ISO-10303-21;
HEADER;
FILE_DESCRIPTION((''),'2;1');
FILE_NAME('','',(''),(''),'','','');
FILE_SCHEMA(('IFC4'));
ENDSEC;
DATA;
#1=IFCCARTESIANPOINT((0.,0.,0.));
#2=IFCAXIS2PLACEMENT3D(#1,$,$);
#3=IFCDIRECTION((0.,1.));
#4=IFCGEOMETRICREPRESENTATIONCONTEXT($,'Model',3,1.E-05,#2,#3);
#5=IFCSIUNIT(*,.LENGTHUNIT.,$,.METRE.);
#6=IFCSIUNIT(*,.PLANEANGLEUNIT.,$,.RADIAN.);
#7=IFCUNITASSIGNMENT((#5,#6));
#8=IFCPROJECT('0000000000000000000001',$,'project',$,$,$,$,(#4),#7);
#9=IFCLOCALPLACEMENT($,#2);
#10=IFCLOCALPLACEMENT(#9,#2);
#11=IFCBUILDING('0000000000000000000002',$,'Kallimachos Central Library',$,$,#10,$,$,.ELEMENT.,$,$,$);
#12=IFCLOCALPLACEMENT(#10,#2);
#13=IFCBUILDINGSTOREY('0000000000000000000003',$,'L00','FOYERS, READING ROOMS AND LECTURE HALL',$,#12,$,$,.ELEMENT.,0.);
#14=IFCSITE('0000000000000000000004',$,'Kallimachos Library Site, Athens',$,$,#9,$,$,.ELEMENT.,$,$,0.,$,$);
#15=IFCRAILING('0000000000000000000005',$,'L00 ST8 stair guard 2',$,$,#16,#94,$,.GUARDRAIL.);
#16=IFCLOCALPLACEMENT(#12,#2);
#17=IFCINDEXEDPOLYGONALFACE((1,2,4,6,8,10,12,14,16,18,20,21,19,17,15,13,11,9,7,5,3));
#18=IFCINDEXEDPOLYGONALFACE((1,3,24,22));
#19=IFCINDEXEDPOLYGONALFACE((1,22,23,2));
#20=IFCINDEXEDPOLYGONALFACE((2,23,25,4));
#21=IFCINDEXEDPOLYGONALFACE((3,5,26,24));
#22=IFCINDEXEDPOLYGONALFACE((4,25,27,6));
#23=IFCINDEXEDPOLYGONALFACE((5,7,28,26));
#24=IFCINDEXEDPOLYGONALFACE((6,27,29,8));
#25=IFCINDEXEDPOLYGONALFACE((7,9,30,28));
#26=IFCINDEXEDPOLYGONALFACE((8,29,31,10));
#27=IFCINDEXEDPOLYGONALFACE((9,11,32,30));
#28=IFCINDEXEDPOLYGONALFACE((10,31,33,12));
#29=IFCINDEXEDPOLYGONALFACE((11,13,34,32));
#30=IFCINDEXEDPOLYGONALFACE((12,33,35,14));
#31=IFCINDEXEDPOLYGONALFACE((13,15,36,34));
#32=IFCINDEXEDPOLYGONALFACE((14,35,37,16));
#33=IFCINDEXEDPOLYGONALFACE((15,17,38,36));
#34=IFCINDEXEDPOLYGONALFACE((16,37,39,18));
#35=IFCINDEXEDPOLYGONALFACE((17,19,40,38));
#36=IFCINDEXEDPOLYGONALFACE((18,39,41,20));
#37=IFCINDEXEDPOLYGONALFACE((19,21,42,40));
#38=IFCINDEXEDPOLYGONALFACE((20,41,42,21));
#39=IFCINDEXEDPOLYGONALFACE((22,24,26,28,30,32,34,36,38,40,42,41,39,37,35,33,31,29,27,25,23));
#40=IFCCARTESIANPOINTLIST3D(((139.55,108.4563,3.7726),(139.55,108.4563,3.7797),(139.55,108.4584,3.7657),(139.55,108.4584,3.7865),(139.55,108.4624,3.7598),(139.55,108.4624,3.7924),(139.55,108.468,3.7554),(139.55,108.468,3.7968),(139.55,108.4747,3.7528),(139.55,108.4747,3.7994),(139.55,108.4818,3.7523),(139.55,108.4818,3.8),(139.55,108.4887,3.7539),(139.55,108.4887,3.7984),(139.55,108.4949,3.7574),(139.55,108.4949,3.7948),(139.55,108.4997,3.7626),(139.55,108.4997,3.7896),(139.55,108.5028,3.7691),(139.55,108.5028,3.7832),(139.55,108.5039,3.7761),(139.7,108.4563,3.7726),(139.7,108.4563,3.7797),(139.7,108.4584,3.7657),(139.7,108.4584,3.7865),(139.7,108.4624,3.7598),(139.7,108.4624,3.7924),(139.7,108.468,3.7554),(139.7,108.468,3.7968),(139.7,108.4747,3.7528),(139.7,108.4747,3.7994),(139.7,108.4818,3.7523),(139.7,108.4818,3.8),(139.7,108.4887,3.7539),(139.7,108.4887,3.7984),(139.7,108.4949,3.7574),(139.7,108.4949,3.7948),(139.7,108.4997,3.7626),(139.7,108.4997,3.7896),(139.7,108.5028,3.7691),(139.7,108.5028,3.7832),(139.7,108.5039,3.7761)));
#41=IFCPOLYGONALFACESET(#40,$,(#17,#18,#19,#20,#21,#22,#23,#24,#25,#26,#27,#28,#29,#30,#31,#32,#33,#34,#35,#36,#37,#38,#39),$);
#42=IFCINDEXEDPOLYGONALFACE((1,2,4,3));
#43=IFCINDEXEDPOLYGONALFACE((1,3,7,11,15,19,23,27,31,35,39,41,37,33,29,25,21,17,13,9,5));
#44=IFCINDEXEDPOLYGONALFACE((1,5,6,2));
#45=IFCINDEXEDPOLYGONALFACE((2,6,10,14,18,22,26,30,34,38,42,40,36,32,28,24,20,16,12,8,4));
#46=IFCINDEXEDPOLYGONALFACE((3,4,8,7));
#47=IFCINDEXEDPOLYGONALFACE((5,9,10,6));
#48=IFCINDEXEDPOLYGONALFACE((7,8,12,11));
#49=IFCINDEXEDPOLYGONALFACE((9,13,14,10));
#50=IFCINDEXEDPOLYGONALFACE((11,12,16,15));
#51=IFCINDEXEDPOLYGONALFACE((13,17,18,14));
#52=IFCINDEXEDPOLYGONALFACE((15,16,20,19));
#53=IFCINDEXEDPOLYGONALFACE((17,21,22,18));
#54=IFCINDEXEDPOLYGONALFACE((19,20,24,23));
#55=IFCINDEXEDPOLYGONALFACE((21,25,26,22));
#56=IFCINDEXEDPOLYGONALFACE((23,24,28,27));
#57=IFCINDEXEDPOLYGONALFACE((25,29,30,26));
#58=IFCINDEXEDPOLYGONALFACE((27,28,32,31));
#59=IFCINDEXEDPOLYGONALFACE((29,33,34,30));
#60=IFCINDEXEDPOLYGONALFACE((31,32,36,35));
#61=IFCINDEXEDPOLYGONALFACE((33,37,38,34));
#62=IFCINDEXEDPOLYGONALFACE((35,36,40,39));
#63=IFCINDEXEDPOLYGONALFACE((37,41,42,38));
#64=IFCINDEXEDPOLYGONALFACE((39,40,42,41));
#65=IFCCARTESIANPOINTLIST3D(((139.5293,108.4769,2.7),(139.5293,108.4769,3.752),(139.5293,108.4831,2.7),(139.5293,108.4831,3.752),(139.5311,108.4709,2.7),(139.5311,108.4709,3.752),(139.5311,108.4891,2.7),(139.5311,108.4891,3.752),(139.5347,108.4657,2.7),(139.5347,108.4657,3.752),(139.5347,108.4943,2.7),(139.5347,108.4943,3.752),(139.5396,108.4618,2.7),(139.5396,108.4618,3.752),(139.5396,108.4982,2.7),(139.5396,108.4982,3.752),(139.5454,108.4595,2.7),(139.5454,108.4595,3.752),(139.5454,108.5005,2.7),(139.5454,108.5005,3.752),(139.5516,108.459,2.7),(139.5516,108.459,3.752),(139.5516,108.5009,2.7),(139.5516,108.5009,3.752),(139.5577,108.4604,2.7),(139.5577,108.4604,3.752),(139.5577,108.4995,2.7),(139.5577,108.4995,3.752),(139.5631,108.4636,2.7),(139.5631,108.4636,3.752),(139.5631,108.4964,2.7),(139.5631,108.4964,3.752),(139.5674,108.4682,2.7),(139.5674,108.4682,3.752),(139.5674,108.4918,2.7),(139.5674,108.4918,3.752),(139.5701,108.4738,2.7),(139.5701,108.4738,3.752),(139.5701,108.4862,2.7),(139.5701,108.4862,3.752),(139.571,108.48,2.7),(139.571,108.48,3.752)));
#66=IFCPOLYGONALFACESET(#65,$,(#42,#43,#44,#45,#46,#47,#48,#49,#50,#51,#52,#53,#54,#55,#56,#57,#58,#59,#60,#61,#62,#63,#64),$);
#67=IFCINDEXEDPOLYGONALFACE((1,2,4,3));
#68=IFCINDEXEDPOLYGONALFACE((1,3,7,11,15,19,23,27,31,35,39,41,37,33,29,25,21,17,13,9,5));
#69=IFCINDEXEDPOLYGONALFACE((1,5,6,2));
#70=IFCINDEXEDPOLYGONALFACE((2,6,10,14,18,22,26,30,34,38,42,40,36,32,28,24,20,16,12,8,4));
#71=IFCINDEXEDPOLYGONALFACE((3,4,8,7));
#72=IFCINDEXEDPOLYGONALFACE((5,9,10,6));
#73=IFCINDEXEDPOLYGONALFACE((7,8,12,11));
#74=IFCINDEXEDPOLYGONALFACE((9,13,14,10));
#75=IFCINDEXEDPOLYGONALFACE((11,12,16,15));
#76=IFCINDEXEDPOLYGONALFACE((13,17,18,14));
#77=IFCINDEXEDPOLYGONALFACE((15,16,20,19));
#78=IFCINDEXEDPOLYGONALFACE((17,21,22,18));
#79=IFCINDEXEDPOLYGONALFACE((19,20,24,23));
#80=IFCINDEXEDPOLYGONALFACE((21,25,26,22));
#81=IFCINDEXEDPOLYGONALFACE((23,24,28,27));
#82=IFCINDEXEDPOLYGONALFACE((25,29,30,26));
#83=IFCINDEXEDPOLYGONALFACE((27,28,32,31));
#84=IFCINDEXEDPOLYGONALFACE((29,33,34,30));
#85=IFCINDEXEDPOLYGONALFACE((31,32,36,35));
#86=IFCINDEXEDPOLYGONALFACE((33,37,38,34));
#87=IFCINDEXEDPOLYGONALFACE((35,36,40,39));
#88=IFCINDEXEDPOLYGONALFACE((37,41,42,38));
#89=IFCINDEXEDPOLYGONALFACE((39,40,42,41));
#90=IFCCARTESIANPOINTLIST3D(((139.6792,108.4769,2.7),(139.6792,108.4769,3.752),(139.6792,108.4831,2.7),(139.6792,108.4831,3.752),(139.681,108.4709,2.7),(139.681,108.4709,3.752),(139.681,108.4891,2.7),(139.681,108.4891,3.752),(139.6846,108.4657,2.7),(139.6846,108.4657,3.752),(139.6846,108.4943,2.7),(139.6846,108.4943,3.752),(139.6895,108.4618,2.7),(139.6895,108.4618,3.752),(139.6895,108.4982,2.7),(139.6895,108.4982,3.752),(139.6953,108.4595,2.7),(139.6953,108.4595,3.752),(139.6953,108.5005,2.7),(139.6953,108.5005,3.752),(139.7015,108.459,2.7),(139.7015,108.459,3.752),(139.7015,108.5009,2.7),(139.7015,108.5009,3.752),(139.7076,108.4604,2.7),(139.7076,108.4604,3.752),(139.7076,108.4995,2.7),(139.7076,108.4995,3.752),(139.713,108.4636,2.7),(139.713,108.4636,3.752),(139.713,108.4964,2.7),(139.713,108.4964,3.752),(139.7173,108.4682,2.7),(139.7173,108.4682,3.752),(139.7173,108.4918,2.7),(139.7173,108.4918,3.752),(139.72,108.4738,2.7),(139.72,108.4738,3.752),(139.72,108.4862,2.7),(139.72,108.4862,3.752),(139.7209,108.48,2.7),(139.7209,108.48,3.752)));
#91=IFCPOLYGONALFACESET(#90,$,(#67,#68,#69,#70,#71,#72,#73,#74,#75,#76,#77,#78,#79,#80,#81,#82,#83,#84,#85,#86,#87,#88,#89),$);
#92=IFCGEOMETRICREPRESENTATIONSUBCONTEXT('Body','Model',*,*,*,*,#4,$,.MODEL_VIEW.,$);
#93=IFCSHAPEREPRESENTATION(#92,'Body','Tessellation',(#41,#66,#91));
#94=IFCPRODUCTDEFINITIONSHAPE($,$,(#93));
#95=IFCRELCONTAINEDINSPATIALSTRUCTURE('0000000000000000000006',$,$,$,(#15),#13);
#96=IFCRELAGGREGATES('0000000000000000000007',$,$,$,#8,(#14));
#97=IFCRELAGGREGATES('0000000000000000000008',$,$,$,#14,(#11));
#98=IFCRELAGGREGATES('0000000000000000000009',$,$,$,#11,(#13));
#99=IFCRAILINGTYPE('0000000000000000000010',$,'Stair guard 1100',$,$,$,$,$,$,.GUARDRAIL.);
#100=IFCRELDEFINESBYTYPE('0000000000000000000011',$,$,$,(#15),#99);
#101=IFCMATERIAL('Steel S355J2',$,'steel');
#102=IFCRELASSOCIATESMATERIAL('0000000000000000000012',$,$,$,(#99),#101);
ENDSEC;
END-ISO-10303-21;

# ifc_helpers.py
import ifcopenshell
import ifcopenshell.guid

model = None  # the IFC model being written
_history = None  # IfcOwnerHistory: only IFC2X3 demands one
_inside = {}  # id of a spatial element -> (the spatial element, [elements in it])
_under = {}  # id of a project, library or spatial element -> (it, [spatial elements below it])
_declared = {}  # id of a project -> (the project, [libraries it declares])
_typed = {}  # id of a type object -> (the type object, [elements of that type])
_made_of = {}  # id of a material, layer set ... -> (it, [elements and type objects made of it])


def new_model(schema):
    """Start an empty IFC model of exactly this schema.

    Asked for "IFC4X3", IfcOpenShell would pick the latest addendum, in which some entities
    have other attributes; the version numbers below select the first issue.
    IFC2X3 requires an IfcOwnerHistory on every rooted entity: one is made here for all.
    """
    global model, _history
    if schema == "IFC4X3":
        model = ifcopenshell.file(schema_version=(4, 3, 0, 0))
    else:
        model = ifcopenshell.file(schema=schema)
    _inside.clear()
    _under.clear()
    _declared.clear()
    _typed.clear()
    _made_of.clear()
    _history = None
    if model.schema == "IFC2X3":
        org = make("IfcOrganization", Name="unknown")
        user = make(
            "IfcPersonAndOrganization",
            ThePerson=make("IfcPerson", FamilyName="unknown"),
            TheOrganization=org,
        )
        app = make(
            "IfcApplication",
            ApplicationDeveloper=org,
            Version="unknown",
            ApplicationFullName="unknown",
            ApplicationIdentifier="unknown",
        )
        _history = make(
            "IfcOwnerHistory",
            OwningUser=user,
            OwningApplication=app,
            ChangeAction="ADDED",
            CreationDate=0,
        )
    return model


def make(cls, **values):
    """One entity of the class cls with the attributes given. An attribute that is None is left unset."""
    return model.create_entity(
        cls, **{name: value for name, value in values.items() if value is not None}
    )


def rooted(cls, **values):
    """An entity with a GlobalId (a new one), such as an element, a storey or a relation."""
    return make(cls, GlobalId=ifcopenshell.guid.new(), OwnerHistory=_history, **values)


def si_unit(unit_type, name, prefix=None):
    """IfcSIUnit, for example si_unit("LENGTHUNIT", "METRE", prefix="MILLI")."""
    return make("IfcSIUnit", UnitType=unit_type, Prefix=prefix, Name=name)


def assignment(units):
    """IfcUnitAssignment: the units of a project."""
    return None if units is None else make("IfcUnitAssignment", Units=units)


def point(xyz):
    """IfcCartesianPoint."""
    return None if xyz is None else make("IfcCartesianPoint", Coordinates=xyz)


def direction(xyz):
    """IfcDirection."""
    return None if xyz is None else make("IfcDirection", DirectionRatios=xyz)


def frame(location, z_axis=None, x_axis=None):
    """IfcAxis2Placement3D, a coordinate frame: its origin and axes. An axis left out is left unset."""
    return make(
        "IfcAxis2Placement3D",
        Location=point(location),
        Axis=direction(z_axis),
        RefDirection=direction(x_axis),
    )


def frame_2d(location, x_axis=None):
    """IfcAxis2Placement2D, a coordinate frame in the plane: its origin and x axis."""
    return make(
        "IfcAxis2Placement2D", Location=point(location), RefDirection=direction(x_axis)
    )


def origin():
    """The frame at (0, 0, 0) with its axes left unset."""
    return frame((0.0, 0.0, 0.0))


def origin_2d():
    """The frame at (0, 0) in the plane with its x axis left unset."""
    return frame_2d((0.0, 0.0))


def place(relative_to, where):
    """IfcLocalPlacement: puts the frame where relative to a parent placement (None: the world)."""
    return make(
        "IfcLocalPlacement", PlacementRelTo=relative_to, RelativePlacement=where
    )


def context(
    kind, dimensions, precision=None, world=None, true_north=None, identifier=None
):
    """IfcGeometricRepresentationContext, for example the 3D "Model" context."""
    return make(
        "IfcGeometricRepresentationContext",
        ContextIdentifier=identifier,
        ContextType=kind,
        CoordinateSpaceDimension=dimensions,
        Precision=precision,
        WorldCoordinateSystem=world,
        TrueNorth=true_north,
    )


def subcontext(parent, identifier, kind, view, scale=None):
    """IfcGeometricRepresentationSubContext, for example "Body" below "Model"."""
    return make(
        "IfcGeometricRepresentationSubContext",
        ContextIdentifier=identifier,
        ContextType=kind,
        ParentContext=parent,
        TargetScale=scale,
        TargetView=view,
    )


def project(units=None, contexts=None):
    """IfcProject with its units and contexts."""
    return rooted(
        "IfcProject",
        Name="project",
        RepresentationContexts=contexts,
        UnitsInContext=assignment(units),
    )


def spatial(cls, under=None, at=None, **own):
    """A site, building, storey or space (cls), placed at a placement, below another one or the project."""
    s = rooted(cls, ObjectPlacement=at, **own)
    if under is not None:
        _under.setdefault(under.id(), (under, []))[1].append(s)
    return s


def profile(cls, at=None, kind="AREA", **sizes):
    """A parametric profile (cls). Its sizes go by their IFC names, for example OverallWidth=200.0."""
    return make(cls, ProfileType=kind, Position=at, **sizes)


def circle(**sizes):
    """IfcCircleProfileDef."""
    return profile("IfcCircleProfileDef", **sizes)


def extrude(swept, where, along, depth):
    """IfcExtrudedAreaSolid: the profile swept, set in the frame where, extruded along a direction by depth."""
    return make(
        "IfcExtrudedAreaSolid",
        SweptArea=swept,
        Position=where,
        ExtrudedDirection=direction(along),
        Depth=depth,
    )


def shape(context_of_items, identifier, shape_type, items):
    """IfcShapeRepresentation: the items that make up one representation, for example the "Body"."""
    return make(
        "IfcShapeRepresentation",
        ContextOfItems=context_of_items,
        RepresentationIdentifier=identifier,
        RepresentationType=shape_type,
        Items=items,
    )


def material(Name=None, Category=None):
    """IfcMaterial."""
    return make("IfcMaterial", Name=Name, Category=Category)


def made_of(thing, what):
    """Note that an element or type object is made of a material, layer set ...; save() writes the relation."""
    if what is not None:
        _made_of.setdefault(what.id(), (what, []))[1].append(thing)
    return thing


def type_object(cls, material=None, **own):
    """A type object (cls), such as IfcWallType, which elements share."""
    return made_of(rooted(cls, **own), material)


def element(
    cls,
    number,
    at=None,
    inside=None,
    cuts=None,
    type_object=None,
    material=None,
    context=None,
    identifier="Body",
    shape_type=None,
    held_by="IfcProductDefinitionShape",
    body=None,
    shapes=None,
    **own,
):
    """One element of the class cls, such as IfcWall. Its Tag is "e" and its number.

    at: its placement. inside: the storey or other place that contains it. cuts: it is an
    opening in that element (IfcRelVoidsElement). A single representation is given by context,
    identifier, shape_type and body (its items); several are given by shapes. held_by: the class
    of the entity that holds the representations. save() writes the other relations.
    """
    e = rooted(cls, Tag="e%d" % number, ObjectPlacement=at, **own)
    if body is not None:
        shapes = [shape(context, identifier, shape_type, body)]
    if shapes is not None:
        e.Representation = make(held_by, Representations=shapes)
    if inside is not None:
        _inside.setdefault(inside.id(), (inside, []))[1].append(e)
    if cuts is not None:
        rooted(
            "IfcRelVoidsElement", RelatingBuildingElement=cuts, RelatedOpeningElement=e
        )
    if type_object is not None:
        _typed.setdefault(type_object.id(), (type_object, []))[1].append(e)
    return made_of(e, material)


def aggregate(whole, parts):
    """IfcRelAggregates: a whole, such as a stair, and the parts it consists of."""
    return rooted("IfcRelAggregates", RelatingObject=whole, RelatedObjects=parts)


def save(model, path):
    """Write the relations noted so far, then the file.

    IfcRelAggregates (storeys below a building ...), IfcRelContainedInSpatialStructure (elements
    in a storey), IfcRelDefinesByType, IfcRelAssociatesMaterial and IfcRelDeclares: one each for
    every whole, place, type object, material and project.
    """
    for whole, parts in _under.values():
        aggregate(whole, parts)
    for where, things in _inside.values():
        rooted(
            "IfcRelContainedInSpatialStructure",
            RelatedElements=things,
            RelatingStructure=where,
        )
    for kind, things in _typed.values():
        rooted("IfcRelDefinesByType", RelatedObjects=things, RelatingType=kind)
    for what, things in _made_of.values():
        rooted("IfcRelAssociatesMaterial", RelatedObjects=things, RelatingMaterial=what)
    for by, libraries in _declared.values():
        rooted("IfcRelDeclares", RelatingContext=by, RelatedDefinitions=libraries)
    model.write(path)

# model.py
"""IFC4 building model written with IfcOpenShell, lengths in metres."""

from ifc_helpers import new_model, si_unit, direction, frame, origin, origin_2d, place, context, subcontext, project, spatial, circle, extrude, material, type_object, element, save


model = new_model("IFC4")

# Units and contexts
model_context = context("Model", 3, precision=1e-05, world=origin(), true_north=direction((0.0, 1.0)))
body_context = subcontext(model_context, "Body", "Model", "MODEL_VIEW")
ifc_project = project(units=[si_unit("LENGTHUNIT", "METRE"), si_unit("PLANEANGLEUNIT", "RADIAN")], contexts=[model_context])

# Site, building, storey
site_placement = place(None, origin())
site = spatial("IfcSite", under=ifc_project, at=site_placement, Name="Kallimachos Library Site, Athens", CompositionType="ELEMENT", RefElevation=0.0)
building_placement = place(site_placement, origin())
building = spatial("IfcBuilding", under=site, at=building_placement, Name="Kallimachos Central Library", CompositionType="ELEMENT")
storey_placement = place(building_placement, origin())
storey = spatial("IfcBuildingStorey", under=building, at=storey_placement, Name="L00", Description="FOYERS, READING ROOMS AND LECTURE HALL", CompositionType="ELEMENT", Elevation=0.0)

# Railing
ifc_material_1 = material(Name="Steel S355J2", Category="steel")
railing_type_1 = type_object("IfcRailingType", Name="Stair guard 1100", PredefinedType="GUARDRAIL", material=ifc_material_1)
railing_1_placement = place(storey_placement, frame((139.55, 108.48, 2.7)))
element("IfcRailing", 1, at=railing_1_placement, inside=storey, type_object=railing_type_1, Name="L00 ST8 stair guard 2", PredefinedType="GUARDRAIL", context=body_context, shape_type="SweptSolid", body=[
    extrude(circle(Radius=0.0239, at=origin_2d()), frame((0.0, 0.0, 1.0762), z_axis=(1.0, 0.0, 0.0), x_axis=(0.0, 1.0, 0.0)), (0.0, 0.0, 1.0), 0.1499),
    extrude(circle(Radius=0.021, at=origin_2d()), origin(), (0.0, 0.0, 1.0), 1.052),
    extrude(circle(Radius=0.021, at=origin_2d()), frame((0.1499, 0.0, 0.0)), (0.0, 0.0, 1.0), 1.052),
])

save(model, "model.ifc")
